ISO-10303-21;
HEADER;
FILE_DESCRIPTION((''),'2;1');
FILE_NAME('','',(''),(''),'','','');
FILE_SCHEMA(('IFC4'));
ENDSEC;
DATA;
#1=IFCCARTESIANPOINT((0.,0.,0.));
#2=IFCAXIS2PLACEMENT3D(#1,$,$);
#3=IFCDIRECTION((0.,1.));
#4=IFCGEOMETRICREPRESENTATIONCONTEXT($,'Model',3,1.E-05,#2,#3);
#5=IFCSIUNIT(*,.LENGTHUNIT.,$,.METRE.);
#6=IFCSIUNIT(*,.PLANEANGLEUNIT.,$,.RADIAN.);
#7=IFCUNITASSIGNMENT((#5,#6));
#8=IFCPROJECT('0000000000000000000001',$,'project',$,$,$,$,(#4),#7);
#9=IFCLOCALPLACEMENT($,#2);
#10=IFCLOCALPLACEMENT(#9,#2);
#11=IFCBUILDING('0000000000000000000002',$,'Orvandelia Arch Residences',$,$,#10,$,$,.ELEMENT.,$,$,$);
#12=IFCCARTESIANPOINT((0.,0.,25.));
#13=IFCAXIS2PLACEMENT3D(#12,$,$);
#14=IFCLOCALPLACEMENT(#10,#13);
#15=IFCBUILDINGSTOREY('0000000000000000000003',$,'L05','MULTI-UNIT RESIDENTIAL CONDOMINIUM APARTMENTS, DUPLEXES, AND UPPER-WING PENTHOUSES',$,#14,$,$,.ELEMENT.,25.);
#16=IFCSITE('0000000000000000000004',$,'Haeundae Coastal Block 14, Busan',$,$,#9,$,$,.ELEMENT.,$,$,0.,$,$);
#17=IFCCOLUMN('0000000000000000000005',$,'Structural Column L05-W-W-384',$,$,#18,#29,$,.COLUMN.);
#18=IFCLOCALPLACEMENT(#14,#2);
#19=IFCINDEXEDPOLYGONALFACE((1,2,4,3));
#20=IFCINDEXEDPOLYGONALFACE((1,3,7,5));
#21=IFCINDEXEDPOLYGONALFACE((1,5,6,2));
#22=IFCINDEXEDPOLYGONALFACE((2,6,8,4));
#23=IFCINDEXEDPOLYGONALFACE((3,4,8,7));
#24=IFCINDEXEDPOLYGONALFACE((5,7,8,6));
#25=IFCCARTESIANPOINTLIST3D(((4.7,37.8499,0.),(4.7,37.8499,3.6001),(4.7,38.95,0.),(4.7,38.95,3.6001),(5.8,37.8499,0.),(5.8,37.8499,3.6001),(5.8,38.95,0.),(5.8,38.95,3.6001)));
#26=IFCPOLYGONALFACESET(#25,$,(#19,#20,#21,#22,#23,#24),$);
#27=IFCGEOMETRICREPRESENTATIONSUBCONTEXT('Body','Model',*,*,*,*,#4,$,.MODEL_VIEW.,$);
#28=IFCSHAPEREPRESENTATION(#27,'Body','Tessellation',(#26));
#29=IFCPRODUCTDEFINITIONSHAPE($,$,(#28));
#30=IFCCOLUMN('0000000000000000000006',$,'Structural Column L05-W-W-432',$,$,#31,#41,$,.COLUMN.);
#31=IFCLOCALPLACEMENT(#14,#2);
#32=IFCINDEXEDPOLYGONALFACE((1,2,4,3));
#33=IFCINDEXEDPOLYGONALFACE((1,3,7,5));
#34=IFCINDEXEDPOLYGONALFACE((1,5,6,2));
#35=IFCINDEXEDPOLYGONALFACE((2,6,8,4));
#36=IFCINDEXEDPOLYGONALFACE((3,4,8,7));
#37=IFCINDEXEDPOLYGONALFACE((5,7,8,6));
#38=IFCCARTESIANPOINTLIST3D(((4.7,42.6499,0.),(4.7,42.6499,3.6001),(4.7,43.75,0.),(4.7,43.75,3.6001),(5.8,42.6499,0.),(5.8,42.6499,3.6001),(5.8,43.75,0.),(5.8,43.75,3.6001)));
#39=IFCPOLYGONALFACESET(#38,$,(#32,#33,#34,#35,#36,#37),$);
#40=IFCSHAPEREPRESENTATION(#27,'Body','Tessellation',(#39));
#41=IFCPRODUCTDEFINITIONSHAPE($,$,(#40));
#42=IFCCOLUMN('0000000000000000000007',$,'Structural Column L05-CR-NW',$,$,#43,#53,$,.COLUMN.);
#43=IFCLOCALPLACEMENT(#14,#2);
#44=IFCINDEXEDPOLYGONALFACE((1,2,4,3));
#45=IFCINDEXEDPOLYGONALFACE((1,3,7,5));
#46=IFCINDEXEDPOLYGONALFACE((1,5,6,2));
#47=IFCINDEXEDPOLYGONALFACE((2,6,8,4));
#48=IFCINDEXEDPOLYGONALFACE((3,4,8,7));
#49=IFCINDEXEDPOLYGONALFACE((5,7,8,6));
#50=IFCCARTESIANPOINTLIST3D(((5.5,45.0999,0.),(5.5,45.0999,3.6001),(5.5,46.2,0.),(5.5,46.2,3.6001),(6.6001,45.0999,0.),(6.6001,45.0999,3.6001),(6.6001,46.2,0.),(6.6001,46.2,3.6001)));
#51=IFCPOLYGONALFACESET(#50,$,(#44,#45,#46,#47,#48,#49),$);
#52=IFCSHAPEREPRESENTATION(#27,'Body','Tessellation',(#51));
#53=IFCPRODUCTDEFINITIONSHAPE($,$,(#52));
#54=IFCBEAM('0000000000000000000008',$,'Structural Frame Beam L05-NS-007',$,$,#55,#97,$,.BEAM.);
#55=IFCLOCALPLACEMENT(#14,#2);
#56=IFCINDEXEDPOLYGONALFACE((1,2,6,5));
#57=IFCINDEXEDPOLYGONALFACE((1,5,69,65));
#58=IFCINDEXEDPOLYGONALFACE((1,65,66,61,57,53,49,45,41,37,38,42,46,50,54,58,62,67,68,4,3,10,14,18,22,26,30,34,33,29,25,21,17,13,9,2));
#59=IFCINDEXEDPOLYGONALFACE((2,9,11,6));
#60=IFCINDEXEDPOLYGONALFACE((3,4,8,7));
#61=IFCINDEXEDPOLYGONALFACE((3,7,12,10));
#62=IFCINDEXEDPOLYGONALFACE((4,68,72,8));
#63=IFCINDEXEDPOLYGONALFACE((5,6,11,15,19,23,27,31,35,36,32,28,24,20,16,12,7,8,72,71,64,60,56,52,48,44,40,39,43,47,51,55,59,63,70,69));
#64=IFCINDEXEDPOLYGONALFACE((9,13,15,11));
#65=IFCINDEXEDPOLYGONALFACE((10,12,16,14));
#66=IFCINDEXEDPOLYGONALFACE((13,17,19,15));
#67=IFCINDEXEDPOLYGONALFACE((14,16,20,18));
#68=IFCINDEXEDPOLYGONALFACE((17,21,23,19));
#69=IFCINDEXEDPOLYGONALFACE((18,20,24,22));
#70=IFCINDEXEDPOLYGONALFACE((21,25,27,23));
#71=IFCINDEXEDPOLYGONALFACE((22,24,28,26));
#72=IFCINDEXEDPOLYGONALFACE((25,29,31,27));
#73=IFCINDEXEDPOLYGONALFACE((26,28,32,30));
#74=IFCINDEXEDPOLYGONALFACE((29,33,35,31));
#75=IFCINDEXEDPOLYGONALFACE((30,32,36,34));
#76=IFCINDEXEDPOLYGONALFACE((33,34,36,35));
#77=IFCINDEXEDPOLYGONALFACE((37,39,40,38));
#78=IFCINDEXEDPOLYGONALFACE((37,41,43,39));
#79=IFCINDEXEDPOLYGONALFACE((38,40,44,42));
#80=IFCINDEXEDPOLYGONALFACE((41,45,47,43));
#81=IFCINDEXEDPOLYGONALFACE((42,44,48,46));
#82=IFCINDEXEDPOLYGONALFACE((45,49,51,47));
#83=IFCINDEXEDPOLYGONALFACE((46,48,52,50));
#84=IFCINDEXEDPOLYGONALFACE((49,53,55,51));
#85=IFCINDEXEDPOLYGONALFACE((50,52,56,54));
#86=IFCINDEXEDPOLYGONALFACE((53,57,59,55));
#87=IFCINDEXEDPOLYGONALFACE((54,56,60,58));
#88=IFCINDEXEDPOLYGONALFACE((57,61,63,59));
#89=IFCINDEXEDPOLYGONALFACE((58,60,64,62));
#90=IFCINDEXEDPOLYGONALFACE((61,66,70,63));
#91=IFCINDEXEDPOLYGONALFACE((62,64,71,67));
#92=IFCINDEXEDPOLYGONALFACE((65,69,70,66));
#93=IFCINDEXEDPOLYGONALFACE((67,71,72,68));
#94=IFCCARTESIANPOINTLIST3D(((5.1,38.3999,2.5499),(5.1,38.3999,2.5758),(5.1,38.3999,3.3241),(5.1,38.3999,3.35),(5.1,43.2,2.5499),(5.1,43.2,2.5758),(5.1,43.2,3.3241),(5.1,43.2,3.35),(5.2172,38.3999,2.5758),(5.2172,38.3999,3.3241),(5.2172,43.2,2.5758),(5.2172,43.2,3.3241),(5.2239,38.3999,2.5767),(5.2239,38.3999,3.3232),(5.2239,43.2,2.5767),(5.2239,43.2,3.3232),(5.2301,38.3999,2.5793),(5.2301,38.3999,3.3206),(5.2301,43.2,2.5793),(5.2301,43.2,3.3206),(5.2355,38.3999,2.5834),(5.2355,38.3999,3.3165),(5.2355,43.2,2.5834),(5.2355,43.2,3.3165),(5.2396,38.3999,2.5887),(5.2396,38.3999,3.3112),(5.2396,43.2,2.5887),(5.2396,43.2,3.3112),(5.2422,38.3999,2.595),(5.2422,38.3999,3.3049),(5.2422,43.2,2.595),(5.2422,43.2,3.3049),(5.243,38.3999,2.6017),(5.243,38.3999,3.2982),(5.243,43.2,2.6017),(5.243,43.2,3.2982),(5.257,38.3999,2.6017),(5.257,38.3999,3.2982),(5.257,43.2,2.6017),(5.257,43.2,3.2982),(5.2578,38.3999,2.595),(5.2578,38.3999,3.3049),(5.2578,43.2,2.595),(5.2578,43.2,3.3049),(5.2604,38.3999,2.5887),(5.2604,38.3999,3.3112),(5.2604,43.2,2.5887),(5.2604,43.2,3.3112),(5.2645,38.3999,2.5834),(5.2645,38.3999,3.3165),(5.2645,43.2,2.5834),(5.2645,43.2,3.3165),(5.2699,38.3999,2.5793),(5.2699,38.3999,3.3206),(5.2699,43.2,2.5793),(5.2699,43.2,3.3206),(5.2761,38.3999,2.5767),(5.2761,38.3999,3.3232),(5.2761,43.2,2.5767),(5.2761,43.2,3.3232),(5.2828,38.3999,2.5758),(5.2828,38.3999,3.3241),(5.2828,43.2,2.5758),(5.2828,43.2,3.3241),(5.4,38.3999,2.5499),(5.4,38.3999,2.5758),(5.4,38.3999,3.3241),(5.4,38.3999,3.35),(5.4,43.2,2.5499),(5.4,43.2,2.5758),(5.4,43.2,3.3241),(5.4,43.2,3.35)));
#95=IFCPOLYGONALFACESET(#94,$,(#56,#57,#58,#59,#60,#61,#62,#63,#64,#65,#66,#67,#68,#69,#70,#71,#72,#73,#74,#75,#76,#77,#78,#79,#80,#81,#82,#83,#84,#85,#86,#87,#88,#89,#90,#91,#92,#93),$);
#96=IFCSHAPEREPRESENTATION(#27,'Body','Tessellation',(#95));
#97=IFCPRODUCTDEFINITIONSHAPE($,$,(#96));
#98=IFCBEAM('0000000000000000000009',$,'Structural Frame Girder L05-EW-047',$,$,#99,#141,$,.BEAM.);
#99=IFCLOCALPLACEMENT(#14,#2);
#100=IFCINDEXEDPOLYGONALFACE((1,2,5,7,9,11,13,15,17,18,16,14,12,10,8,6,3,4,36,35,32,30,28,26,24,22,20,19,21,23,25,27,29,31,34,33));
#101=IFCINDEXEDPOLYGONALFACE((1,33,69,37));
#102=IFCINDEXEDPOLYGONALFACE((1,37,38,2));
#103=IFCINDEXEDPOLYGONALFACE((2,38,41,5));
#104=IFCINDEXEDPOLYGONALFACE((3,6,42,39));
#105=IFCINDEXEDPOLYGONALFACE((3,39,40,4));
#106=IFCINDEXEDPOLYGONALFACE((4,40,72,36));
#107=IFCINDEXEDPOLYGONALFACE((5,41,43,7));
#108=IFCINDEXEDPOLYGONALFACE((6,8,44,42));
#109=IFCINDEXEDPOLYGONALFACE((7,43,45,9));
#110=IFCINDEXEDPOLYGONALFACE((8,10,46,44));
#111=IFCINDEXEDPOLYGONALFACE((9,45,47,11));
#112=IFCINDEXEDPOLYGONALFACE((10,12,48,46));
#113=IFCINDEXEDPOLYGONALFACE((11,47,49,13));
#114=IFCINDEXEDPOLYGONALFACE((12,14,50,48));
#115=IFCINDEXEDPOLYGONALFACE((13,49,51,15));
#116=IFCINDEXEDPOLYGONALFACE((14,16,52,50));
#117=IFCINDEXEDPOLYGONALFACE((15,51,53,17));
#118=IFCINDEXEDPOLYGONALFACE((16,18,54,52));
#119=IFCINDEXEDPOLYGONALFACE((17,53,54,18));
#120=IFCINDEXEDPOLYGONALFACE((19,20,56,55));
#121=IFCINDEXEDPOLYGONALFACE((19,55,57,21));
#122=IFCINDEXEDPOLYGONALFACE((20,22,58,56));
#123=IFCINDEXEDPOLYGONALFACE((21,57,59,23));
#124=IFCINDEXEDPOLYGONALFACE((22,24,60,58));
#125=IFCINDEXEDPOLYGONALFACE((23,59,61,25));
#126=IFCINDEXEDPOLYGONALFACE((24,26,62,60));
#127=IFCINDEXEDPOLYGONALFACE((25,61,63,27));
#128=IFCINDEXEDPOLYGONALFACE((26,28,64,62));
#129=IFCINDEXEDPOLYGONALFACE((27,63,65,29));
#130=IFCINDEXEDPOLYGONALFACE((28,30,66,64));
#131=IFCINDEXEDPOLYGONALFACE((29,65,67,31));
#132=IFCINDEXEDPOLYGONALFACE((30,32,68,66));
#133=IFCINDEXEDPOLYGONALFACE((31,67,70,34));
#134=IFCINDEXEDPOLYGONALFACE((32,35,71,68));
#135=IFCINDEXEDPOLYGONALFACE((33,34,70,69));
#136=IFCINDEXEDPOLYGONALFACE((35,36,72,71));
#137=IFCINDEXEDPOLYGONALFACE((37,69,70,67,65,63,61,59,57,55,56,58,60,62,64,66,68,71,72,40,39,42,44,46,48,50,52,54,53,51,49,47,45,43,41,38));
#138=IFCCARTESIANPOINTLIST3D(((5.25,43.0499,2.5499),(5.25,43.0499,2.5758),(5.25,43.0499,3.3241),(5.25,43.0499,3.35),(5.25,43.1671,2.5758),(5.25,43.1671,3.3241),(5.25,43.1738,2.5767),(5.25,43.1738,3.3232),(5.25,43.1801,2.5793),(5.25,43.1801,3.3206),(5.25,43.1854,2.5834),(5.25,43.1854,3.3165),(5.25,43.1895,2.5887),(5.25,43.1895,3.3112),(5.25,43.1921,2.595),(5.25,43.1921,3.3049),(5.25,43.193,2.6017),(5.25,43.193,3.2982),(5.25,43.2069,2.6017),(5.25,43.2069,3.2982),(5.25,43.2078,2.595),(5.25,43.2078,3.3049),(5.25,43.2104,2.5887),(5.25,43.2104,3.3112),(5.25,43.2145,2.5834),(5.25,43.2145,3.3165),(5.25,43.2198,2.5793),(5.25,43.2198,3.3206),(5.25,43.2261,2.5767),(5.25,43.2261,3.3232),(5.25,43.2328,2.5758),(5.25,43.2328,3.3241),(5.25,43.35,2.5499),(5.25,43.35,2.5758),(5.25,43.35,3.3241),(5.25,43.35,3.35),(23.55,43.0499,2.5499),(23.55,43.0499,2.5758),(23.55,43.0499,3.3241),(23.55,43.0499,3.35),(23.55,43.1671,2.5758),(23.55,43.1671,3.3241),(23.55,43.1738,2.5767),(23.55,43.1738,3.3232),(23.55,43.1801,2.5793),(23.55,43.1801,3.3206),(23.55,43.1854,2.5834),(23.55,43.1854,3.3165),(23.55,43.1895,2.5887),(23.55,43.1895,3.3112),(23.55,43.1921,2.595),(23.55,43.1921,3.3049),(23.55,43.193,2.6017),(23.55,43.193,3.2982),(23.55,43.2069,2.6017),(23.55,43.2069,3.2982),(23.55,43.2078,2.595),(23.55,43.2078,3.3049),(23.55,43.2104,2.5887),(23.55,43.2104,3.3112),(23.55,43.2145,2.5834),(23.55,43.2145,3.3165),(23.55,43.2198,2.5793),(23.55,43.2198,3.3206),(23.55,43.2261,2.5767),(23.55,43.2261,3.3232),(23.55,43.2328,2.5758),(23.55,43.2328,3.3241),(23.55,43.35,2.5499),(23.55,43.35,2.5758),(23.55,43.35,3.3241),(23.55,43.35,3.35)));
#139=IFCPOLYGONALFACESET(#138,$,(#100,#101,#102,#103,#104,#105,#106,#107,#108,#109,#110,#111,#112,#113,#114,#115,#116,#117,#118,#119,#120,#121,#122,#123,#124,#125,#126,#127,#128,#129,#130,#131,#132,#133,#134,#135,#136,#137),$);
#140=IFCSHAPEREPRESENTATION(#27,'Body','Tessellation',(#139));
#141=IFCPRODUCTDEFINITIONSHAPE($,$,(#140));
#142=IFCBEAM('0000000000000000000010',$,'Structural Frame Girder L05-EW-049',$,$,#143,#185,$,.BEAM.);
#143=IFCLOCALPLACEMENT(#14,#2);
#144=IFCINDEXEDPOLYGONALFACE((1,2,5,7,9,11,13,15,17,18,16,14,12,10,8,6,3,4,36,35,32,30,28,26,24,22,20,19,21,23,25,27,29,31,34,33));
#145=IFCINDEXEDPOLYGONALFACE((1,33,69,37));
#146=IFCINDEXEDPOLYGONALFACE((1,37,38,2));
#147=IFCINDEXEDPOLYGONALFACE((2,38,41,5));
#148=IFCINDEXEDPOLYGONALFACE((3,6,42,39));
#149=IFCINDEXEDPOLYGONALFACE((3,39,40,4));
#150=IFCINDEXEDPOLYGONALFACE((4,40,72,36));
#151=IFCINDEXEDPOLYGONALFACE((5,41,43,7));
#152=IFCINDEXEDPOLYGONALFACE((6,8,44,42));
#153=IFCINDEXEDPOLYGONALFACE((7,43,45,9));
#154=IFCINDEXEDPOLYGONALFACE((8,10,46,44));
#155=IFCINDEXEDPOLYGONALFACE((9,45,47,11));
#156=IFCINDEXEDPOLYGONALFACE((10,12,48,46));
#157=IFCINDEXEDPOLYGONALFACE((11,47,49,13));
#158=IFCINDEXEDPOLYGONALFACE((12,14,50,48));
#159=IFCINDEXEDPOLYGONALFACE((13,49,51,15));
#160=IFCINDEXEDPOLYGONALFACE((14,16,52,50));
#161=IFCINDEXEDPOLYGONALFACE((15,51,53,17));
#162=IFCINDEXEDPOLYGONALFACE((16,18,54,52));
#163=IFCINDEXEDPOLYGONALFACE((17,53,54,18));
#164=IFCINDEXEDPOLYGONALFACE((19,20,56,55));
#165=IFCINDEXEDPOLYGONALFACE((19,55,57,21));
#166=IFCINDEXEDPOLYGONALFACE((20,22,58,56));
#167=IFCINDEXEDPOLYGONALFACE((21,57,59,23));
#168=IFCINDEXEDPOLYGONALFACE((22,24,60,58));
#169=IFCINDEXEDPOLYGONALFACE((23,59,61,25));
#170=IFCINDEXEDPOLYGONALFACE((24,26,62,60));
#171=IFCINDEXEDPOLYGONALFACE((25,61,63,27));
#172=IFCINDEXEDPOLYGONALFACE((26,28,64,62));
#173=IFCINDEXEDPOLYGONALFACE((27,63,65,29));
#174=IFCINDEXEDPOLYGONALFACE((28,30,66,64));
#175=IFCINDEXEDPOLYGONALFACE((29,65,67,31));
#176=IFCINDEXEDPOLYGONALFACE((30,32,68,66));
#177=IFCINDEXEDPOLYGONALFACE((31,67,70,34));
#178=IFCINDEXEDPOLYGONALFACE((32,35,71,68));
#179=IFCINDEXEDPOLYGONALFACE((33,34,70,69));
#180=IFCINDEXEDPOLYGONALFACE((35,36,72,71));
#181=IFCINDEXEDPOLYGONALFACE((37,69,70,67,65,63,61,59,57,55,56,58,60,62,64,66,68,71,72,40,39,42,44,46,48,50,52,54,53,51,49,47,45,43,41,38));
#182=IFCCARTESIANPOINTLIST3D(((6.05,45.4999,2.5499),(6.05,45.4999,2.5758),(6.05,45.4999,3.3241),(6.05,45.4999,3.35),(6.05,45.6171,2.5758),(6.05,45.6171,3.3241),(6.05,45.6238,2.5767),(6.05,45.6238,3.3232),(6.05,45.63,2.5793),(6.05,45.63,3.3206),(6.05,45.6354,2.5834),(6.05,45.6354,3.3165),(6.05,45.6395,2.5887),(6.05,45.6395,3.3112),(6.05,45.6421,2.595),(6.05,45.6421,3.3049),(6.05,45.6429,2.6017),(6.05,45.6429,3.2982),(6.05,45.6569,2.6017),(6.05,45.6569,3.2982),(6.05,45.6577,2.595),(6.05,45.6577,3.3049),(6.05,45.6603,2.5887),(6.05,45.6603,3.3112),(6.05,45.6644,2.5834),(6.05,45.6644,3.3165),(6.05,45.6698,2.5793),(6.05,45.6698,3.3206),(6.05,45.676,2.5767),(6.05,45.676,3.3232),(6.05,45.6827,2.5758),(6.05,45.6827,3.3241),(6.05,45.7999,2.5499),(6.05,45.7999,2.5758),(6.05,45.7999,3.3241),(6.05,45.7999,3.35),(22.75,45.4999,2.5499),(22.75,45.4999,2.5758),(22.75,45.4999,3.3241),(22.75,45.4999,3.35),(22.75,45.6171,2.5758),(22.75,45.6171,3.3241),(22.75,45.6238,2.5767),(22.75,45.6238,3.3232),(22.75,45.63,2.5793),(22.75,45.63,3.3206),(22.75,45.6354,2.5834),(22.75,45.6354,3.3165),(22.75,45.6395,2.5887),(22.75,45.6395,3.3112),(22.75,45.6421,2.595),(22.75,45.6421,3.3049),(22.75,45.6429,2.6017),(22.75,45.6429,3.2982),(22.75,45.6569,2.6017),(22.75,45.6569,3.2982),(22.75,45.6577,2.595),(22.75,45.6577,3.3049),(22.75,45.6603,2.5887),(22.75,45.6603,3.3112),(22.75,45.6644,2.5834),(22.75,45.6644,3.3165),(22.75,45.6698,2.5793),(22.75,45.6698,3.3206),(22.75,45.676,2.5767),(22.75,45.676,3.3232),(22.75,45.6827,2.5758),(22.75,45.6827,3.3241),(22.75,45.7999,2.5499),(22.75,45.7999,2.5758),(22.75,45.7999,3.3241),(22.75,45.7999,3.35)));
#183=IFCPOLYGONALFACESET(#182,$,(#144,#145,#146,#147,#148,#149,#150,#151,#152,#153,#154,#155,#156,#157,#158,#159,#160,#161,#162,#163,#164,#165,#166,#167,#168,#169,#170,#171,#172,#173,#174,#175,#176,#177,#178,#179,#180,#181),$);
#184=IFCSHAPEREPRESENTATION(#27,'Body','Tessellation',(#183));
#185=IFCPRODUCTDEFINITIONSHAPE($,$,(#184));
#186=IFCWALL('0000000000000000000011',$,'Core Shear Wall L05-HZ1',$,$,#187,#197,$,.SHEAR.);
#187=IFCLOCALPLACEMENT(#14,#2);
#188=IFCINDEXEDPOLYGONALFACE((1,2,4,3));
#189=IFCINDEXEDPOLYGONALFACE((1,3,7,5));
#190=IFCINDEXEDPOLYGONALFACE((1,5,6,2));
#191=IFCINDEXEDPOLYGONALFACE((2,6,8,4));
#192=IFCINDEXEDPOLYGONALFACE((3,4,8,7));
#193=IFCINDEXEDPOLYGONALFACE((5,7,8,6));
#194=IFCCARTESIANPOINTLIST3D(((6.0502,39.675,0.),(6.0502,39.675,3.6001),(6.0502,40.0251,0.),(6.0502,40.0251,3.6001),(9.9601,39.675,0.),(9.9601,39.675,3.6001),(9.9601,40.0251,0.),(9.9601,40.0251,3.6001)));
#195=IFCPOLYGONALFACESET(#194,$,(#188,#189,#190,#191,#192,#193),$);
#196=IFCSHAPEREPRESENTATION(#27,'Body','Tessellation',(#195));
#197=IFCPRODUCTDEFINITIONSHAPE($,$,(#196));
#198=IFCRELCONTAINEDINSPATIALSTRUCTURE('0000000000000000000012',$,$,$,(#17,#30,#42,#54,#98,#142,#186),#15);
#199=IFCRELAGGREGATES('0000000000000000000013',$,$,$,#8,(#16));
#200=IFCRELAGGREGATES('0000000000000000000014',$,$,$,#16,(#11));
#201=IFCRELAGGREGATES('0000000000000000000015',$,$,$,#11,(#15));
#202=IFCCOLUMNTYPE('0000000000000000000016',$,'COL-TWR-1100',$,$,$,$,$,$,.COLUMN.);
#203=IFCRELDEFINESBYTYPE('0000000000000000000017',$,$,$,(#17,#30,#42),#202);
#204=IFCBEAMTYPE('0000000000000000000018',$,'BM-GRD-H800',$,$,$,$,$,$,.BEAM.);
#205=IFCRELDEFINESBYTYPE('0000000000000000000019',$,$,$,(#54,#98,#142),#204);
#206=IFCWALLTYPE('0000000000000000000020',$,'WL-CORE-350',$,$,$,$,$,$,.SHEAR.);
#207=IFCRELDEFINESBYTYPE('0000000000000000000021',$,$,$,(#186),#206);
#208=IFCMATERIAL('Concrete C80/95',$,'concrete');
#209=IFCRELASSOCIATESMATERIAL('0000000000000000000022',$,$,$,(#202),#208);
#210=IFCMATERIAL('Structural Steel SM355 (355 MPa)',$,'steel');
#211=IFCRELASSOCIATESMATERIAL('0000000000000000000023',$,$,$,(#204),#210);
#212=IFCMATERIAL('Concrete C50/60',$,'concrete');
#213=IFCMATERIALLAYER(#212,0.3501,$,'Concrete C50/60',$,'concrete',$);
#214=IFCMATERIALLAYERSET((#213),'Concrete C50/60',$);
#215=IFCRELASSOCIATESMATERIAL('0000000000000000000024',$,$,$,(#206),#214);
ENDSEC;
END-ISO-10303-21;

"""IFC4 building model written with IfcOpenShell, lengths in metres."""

from ifc_helpers import new_model, si_unit, direction, frame, frame_2d, origin, origin_2d, place, context, subcontext, project, spatial, rectangle, i_section, extrude, material, layer, layer_set, material_profile, profile_set, type_object, element, save


model = new_model("IFC4")

# Units and contexts
model_context = context("Model", 3, precision=1e-05, world=origin(), true_north=direction((0.0, 1.0)))
body_context = subcontext(model_context, "Body", "Model", "MODEL_VIEW")
ifc_project = project(units=[si_unit("LENGTHUNIT", "METRE"), si_unit("PLANEANGLEUNIT", "RADIAN")], contexts=[model_context])

# Site, building, storey
site_placement = place(None, origin())
site = spatial("IfcSite", under=ifc_project, at=site_placement, Name="Haeundae Coastal Block 14, Busan", CompositionType="ELEMENT", RefElevation=0.0)
building_placement = place(site_placement, origin())
building = spatial("IfcBuilding", under=site, at=building_placement, Name="Orvandelia Arch Residences", CompositionType="ELEMENT")
storey_placement = place(building_placement, frame((0.0, 0.0, 25.0)))
storey = spatial("IfcBuildingStorey", under=building, at=storey_placement, Name="L05", Description="MULTI-UNIT RESIDENTIAL CONDOMINIUM APARTMENTS, DUPLEXES, AND UPPER-WING PENTHOUSES", CompositionType="ELEMENT", Elevation=25.0)

# Columns
ifc_material_1 = material(Name="Concrete C80/95", Category="concrete")
ifc_material_profile_1 = material_profile(ifc_material_1, rectangle(XDim=1.1001, YDim=1.1001, at=origin_2d()), Name="Concrete C80/95", Category="concrete")
ifc_profile_set_1 = profile_set([ifc_material_profile_1], Name="Concrete C80/95")
column_type = type_object("IfcColumnType", Name="COL-TWR-1100", PredefinedType="COLUMN", material=ifc_profile_set_1)
for number, where, z_axis, x_axis, name in (
    (1, (5.25, 38.3999, 0.0), (0.0, 0.0, 1.0), (1.0, 0.0, 0.0), "Structural Column L05-W-W-384"),
    (2, (5.25, 43.2, 0.0), (0.0, 0.0, 1.0), (1.0, 0.0, 0.0), "Structural Column L05-W-W-432"),
    (3, (6.05, 45.6499, 0.0), (0.0, 0.0, 1.0), (1.0, 0.0, 0.0), "Structural Column L05-CR-NW"),
):
    element("IfcColumn", number, at=place(storey_placement, frame(where, z_axis=z_axis, x_axis=x_axis)), inside=storey, type_object=column_type, Name=name, PredefinedType="COLUMN", context=body_context, shape_type="SweptSolid", body=[
        extrude(rectangle(XDim=1.1001, YDim=1.1001, at=origin_2d()), origin(), (0.0, 0.0, 1.0), 3.6001),
    ])

# Beams
ifc_material_2 = material(Name="Structural Steel SM355 (355 MPa)", Category="steel")
ifc_material_profile_2 = material_profile(ifc_material_2, i_section(OverallWidth=0.3, OverallDepth=0.8, WebThickness=0.0139, FlangeThickness=0.0259, FilletRadius=0.0259, at=origin_2d()), Name="Structural Steel SM355 (355 MPa)", Category="steel")
ifc_profile_set_2 = profile_set([ifc_material_profile_2], Name="Structural Steel SM355 (355 MPa)")
beam_type = type_object("IfcBeamType", Name="BM-GRD-H800", PredefinedType="BEAM", material=ifc_profile_set_2)
beam_1_placement = place(storey_placement, frame((5.25, 38.3999, 2.95), z_axis=(0.0, 1.0, 0.0), x_axis=(-1.0, 0.0, 0.0)))
element("IfcBeam", 4, at=beam_1_placement, inside=storey, type_object=beam_type, Name="Structural Frame Beam L05-NS-007", PredefinedType="BEAM", context=body_context, shape_type="SweptSolid", body=[
    extrude(i_section(OverallWidth=0.3, OverallDepth=0.8, WebThickness=0.0139, FlangeThickness=0.0259, FilletRadius=0.0259, at=origin_2d()), origin(), (0.0, 0.0, 1.0), 4.8),
])
beam_2_placement = place(storey_placement, frame((5.25, 43.2, 2.95), z_axis=(1.0, 0.0, 0.0), x_axis=(0.0, 1.0, 0.0)))
element("IfcBeam", 5, at=beam_2_placement, inside=storey, type_object=beam_type, Name="Structural Frame Girder L05-EW-047", PredefinedType="BEAM", context=body_context, shape_type="SweptSolid", body=[
    extrude(i_section(OverallWidth=0.3, OverallDepth=0.8, WebThickness=0.0139, FlangeThickness=0.0259, FilletRadius=0.0259, at=origin_2d()), origin(), (0.0, 0.0, 1.0), 18.3),
])
beam_3_placement = place(storey_placement, frame((6.05, 45.6499, 2.95), z_axis=(1.0, 0.0, 0.0), x_axis=(0.0, 1.0, 0.0)))
element("IfcBeam", 6, at=beam_3_placement, inside=storey, type_object=beam_type, Name="Structural Frame Girder L05-EW-049", PredefinedType="BEAM", context=body_context, shape_type="SweptSolid", body=[
    extrude(i_section(OverallWidth=0.3, OverallDepth=0.8, WebThickness=0.0139, FlangeThickness=0.0259, FilletRadius=0.0259, at=origin_2d()), origin(), (0.0, 0.0, 1.0), 16.7),
])

# Wall
ifc_material_3 = material(Name="Concrete C50/60", Category="concrete")
ifc_layer_1 = layer(ifc_material_3, 0.3501, Name="Concrete C50/60", Category="concrete")
ifc_layer_set_1 = layer_set([ifc_layer_1], Name="Concrete C50/60")
wall_type_1 = type_object("IfcWallType", Name="WL-CORE-350", PredefinedType="SHEAR", material=ifc_layer_set_1)
wall_1_placement = place(storey_placement, frame((6.05, 39.8501, 0.0), z_axis=(0.0, 0.0, 1.0), x_axis=(1.0, 0.0, 0.0)))
element("IfcWall", 7, at=wall_1_placement, inside=storey, type_object=wall_type_1, Name="Core Shear Wall L05-HZ1", PredefinedType="SHEAR", context=body_context, shape_type="SweptSolid", body=[
    extrude(rectangle(XDim=3.9099, YDim=0.3501, at=frame_2d((1.9551, 0.0))), origin(), (0.0, 0.0, 1.0), 3.6001),
])

save(model, "model.ifc")
